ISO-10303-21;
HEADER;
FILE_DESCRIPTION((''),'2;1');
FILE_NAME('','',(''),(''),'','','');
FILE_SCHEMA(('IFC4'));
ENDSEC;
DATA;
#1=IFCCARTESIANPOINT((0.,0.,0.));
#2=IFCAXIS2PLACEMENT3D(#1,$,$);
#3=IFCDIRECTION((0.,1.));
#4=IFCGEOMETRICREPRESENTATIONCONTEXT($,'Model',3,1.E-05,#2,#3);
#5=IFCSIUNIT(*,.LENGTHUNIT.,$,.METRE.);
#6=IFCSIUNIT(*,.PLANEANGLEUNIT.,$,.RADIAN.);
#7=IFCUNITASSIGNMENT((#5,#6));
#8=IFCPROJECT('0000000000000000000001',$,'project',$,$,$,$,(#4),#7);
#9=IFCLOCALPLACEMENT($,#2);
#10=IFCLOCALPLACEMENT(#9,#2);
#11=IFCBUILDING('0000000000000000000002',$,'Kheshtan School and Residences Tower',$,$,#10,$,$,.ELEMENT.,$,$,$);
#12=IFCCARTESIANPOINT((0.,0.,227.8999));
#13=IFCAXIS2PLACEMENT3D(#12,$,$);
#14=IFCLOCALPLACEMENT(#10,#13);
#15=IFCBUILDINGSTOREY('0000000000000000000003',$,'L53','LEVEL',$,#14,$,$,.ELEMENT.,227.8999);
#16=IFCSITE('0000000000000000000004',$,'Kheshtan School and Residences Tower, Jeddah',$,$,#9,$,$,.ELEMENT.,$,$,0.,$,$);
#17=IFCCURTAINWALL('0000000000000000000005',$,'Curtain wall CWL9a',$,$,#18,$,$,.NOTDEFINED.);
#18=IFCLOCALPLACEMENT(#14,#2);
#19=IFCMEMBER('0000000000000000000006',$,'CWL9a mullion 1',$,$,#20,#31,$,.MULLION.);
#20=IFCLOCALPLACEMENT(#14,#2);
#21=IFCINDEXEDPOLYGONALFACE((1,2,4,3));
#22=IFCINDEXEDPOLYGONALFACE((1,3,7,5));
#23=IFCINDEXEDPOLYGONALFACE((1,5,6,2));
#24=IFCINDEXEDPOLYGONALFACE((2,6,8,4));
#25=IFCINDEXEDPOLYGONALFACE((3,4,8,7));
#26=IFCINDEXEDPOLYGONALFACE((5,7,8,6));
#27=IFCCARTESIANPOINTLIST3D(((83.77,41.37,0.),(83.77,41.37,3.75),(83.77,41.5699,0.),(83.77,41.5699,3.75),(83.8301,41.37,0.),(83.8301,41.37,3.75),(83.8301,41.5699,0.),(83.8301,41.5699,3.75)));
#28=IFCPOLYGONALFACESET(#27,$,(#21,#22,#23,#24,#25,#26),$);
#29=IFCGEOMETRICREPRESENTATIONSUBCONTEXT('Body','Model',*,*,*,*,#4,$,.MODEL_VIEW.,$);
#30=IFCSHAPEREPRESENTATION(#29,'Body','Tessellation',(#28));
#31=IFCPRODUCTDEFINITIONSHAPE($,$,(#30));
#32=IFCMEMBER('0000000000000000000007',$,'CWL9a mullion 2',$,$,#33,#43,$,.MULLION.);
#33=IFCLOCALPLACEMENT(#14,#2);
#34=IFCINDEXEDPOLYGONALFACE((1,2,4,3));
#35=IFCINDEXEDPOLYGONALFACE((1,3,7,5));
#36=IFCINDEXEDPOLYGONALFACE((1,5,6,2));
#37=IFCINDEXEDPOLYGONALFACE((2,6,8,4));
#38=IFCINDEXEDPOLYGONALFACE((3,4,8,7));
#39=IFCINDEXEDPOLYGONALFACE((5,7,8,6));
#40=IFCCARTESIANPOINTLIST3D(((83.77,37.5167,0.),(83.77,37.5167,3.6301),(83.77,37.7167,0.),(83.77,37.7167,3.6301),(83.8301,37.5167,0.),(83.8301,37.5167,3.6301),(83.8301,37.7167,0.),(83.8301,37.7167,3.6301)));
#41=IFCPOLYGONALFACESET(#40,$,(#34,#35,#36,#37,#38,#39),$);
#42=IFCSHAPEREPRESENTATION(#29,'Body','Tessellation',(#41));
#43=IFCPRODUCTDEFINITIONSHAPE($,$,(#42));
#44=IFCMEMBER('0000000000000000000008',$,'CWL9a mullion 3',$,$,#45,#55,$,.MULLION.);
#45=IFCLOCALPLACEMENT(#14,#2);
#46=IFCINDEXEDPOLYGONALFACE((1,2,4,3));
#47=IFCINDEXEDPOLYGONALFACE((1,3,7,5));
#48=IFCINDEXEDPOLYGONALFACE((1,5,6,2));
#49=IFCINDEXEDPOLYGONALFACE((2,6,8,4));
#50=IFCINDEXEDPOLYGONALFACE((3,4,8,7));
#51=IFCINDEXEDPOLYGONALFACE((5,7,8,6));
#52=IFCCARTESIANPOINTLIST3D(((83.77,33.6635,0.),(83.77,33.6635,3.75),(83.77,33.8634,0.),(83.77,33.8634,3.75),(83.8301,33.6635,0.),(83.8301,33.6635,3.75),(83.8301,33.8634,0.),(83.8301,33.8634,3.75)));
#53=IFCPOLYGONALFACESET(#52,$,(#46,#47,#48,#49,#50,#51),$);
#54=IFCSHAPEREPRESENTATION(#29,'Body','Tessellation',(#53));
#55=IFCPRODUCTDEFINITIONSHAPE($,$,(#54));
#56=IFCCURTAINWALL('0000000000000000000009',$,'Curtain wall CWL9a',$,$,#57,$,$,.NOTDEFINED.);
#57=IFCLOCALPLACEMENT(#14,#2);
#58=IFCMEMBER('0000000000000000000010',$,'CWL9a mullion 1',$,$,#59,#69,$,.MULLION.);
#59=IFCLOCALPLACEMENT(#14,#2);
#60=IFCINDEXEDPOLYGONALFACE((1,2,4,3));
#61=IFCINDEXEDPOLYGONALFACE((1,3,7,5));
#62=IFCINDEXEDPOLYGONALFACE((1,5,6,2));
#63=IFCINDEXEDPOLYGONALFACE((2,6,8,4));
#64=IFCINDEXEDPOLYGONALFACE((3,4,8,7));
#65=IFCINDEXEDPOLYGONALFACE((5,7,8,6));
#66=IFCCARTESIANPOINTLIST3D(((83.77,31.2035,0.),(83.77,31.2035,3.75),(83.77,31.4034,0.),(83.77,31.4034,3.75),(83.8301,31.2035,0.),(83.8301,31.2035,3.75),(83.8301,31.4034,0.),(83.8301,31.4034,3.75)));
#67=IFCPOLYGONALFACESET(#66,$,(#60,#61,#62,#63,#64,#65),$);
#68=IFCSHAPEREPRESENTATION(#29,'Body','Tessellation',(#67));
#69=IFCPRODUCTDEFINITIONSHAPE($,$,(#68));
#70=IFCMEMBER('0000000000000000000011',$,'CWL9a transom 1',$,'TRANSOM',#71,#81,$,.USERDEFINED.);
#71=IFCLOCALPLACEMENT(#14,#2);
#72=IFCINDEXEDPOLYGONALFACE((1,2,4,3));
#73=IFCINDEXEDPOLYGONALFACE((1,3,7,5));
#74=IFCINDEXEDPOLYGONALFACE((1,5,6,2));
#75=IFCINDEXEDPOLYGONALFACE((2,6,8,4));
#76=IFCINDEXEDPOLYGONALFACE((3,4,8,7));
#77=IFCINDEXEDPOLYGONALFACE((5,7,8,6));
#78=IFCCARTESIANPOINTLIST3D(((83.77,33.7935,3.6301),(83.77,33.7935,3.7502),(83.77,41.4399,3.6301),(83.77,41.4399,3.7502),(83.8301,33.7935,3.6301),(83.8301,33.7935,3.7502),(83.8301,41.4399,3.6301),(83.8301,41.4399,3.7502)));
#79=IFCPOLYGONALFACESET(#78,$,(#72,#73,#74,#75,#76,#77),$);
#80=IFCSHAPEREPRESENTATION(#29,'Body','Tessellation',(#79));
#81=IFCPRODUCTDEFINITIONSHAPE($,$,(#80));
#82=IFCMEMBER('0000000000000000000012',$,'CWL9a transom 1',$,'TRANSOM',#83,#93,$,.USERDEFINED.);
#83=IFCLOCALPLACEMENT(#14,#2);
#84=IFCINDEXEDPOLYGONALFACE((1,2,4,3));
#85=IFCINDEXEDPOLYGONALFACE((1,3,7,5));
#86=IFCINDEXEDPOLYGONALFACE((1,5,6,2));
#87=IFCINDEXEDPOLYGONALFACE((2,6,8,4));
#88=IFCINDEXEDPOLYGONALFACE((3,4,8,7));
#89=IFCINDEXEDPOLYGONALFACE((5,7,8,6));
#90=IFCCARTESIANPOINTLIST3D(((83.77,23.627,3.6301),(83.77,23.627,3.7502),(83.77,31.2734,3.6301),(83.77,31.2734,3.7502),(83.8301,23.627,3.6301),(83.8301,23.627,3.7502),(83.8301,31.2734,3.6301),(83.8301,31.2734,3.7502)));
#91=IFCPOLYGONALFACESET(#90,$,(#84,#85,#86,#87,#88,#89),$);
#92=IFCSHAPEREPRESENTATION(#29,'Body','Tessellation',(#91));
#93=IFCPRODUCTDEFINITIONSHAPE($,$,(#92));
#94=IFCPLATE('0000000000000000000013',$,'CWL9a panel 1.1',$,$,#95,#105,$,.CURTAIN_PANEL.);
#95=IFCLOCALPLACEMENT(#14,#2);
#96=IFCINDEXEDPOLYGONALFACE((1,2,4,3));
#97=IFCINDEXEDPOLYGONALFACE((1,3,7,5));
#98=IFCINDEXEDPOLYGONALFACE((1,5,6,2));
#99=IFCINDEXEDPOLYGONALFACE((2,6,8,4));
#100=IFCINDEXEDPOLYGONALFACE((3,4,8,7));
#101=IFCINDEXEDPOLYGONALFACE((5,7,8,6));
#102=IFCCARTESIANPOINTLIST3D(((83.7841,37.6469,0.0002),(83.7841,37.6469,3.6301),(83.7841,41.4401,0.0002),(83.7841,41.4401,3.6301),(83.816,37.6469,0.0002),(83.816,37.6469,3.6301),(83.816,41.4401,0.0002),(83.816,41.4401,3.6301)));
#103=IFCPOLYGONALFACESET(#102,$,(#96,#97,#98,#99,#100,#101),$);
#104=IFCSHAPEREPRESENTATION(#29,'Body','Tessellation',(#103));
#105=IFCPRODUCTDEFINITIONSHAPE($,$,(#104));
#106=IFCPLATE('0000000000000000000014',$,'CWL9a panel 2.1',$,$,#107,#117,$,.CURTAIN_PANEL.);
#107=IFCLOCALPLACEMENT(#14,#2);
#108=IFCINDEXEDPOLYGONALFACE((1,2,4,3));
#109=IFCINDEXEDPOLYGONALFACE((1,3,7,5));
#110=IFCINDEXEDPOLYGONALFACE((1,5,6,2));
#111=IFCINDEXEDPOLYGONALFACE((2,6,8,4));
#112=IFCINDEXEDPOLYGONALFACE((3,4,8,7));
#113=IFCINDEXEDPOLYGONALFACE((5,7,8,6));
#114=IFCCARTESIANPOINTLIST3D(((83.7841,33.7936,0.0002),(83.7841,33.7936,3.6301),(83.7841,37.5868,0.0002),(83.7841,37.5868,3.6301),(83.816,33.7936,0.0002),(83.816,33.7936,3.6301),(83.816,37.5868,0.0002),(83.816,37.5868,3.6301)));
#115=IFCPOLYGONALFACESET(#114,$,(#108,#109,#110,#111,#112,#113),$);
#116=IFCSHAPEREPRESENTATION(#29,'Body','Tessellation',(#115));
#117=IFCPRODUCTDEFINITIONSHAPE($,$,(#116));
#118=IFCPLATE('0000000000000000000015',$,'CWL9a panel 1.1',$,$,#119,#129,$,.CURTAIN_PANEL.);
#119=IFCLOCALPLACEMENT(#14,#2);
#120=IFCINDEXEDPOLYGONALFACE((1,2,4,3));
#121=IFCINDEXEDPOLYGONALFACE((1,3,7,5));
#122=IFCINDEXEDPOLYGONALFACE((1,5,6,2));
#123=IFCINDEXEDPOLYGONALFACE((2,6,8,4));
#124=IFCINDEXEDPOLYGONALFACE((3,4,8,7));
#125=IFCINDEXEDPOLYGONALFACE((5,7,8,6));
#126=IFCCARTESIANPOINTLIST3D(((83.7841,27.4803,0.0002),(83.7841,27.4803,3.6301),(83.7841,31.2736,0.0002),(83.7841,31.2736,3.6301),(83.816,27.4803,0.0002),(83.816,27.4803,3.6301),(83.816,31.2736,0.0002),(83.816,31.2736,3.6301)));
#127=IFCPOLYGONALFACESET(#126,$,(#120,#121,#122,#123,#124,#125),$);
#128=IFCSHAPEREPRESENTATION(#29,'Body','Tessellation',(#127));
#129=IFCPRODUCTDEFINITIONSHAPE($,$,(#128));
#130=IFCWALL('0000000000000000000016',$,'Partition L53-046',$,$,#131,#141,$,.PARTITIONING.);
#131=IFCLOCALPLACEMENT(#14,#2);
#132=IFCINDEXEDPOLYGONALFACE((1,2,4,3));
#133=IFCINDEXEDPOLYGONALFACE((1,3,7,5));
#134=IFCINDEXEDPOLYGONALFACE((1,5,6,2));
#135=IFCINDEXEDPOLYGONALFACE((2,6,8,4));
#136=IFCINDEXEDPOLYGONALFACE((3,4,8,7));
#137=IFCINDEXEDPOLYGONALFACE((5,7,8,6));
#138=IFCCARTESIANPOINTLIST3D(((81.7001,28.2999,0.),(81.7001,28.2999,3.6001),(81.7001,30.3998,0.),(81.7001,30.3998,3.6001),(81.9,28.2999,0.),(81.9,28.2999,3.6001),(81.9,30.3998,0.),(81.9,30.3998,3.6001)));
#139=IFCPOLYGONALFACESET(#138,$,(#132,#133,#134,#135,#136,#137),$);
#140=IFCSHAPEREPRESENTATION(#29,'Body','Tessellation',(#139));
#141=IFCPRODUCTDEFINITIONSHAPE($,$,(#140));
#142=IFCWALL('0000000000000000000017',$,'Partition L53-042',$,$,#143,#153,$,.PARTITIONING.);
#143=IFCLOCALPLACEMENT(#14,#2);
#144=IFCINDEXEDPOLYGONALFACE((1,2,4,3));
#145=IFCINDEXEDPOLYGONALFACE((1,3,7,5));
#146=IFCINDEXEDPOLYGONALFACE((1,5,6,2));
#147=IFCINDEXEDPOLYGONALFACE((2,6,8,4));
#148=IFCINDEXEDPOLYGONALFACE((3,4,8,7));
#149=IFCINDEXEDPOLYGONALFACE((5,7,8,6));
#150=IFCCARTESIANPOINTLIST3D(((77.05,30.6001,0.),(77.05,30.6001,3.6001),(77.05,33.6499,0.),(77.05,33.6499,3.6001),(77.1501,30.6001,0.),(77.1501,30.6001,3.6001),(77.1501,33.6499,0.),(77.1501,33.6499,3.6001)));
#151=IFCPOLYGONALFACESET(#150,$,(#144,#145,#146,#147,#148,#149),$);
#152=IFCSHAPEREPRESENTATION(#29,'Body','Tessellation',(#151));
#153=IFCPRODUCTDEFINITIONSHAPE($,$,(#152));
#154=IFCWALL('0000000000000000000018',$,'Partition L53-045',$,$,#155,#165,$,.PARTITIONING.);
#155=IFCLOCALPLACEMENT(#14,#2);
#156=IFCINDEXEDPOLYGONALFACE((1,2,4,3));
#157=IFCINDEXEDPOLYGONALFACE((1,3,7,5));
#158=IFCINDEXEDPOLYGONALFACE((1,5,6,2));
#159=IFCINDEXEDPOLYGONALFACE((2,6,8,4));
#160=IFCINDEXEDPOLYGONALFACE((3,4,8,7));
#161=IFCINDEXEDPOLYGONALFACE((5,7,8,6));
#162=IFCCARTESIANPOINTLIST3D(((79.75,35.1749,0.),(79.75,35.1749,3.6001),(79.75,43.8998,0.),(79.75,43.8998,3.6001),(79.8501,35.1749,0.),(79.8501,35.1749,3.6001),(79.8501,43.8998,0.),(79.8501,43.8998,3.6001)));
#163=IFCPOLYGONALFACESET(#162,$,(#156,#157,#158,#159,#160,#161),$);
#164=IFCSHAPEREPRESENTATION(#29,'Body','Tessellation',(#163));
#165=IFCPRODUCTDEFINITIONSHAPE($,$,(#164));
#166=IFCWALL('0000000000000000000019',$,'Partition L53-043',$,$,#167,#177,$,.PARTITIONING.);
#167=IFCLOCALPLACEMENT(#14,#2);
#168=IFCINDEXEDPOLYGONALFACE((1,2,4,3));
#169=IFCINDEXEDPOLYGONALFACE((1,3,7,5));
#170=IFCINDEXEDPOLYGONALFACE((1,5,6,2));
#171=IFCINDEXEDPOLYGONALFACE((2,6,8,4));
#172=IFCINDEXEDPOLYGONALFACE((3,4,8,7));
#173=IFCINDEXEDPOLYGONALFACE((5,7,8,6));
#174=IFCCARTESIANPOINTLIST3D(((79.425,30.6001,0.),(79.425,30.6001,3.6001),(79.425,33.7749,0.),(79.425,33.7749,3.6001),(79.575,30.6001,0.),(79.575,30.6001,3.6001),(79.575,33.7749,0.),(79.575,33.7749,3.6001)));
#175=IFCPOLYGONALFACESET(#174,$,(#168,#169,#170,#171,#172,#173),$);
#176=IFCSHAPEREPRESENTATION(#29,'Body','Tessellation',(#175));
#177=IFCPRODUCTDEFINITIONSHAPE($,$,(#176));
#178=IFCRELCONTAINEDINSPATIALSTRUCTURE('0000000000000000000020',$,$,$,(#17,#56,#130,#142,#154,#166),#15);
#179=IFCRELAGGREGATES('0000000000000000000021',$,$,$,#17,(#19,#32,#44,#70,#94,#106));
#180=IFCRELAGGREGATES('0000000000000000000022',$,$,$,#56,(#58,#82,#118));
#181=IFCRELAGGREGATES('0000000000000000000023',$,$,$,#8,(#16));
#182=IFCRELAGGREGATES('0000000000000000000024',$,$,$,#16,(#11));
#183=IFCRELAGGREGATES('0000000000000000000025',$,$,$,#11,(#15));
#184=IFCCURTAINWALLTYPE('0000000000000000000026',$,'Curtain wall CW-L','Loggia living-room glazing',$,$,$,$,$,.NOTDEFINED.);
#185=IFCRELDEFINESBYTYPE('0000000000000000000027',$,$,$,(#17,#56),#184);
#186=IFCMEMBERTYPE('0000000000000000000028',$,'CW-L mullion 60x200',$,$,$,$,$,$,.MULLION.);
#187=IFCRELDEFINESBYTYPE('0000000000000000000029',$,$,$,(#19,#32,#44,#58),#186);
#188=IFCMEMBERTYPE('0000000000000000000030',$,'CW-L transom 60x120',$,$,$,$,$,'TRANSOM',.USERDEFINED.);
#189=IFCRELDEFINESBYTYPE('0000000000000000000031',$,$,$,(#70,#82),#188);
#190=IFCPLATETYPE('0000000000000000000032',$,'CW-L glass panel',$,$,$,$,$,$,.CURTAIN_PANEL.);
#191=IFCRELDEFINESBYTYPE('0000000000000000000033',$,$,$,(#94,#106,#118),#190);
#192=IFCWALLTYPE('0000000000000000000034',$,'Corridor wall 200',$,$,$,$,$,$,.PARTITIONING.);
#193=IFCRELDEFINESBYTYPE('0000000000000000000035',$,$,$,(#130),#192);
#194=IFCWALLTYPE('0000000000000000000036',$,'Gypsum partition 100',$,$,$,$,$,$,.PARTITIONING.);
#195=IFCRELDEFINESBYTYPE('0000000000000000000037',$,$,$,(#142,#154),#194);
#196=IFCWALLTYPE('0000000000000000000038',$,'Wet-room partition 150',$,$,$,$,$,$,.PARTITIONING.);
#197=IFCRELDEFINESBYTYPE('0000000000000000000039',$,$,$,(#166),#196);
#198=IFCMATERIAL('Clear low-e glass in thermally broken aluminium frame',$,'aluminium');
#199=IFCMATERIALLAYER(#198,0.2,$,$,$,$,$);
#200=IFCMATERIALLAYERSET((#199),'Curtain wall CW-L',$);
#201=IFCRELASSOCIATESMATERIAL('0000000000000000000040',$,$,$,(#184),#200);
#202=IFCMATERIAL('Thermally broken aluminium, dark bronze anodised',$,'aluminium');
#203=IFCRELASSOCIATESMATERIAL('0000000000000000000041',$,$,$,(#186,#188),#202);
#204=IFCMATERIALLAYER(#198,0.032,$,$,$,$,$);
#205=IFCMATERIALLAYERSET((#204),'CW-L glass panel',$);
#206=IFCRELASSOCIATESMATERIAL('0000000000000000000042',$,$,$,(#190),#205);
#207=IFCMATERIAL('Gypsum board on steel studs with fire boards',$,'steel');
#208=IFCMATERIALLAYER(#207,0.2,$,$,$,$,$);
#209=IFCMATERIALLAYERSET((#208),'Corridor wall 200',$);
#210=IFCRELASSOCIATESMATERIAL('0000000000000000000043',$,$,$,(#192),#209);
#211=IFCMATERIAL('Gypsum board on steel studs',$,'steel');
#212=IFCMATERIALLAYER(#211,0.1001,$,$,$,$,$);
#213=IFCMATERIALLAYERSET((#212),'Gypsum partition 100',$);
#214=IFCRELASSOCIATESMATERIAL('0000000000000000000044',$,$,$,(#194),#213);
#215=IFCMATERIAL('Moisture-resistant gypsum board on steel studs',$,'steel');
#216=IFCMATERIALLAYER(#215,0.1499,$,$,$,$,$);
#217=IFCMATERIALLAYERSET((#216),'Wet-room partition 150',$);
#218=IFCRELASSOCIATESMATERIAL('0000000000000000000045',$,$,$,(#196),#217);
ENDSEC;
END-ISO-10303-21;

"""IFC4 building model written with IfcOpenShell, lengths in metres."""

from ifc_helpers import new_model, si_unit, direction, frame, frame_2d, origin, origin_2d, place, context, subcontext, project, spatial, rectangle, extrude, material, layer, layer_set, material_profile, profile_set, type_object, element, aggregate, save


model = new_model("IFC4")

# Units and contexts
model_context = context("Model", 3, precision=1e-05, world=origin(), true_north=direction((0.0, 1.0)))
body_context = subcontext(model_context, "Body", "Model", "MODEL_VIEW")
ifc_project = project(units=[si_unit("LENGTHUNIT", "METRE"), si_unit("PLANEANGLEUNIT", "RADIAN")], contexts=[model_context])

# Site, building, storey
site_placement = place(None, origin())
site = spatial("IfcSite", under=ifc_project, at=site_placement, Name="Kheshtan School and Residences Tower, Jeddah", CompositionType="ELEMENT", RefElevation=0.0)
building_placement = place(site_placement, origin())
building = spatial("IfcBuilding", under=site, at=building_placement, Name="Kheshtan School and Residences Tower", CompositionType="ELEMENT")
storey_placement = place(building_placement, frame((0.0, 0.0, 227.8999)))
storey = spatial("IfcBuildingStorey", under=building, at=storey_placement, Name="L53", Description="LEVEL", CompositionType="ELEMENT", Elevation=227.8999)

# Curtain wall, members
ifc_material_1 = material(Name="Clear low-e glass in thermally broken aluminium frame", Category="aluminium")
ifc_layer_1 = layer(ifc_material_1, 0.2)
ifc_layer_set_1 = layer_set([ifc_layer_1], Name="Curtain wall CW-L")
curtain_wall_type = type_object("IfcCurtainWallType", Name="Curtain wall CW-L", Description="Loggia living-room glazing", PredefinedType="NOTDEFINED", material=ifc_layer_set_1)
curtain_wall_1_placement = place(storey_placement, origin())
curtain_wall_1 = element("IfcCurtainWall", 1, at=curtain_wall_1_placement, inside=storey, type_object=curtain_wall_type, Name="Curtain wall CWL9a", PredefinedType="NOTDEFINED")
ifc_material_2 = material(Name="Thermally broken aluminium, dark bronze anodised", Category="aluminium")
ifc_material_profile_1 = material_profile(ifc_material_2, rectangle(XDim=0.0601, YDim=0.2, at=origin_2d()), Name="CW-L mullion 60x200")
ifc_profile_set_1 = profile_set([ifc_material_profile_1], Name="Thermally broken aluminium, dark bronze anodised")
member_type_1 = type_object("IfcMemberType", Name="CW-L mullion 60x200", PredefinedType="MULLION", material=ifc_profile_set_1)
member_1_placement = place(storey_placement, frame((83.8, 41.47, 0.0), z_axis=(0.0, 0.0, 1.0), x_axis=(1.0, 0.0, 0.0)))
member_1 = element("IfcMember", 2, at=member_1_placement, type_object=member_type_1, Name="CWL9a mullion 1", PredefinedType="MULLION", context=body_context, shape_type="SweptSolid", body=[
    extrude(rectangle(XDim=0.0601, YDim=0.2, at=origin_2d()), origin(), (0.0, 0.0, 1.0), 3.75),
])
member_2_placement = place(storey_placement, frame((83.8, 37.6167, 0.0), z_axis=(0.0, 0.0, 1.0), x_axis=(1.0, 0.0, 0.0)))
member_2 = element("IfcMember", 3, at=member_2_placement, type_object=member_type_1, Name="CWL9a mullion 2", PredefinedType="MULLION", context=body_context, shape_type="SweptSolid", body=[
    extrude(rectangle(XDim=0.0601, YDim=0.2, at=origin_2d()), origin(), (0.0, 0.0, 1.0), 3.6301),
])
member_3_placement = place(storey_placement, frame((83.8, 33.7634, 0.0), z_axis=(0.0, 0.0, 1.0), x_axis=(1.0, 0.0, 0.0)))
member_3 = element("IfcMember", 4, at=member_3_placement, type_object=member_type_1, Name="CWL9a mullion 3", PredefinedType="MULLION", context=body_context, shape_type="SweptSolid", body=[
    extrude(rectangle(XDim=0.0601, YDim=0.2, at=origin_2d()), origin(), (0.0, 0.0, 1.0), 3.75),
])

# Curtain wall, member
curtain_wall_2_placement = place(storey_placement, origin())
curtain_wall_2 = element("IfcCurtainWall", 5, at=curtain_wall_2_placement, inside=storey, type_object=curtain_wall_type, Name="Curtain wall CWL9a", PredefinedType="NOTDEFINED")
member_4_placement = place(storey_placement, frame((83.8, 31.3035, 0.0), z_axis=(0.0, 0.0, 1.0), x_axis=(1.0, 0.0, 0.0)))
member_4 = element("IfcMember", 6, at=member_4_placement, type_object=member_type_1, Name="CWL9a mullion 1", PredefinedType="MULLION", context=body_context, shape_type="SweptSolid", body=[
    extrude(rectangle(XDim=0.0601, YDim=0.2, at=origin_2d()), origin(), (0.0, 0.0, 1.0), 3.75),
])

# Members
ifc_material_profile_2 = material_profile(ifc_material_2, rectangle(XDim=0.0601, YDim=0.1201, at=origin_2d()), Name="CW-L transom 60x120")
ifc_profile_set_2 = profile_set([ifc_material_profile_2], Name="Thermally broken aluminium, dark bronze anodised")
member_type_2 = type_object("IfcMemberType", Name="CW-L transom 60x120", ElementType="TRANSOM", PredefinedType="USERDEFINED", material=ifc_profile_set_2)
member_5_placement = place(storey_placement, frame((83.8, 41.4399, 3.6902), z_axis=(0.0, -1.0, 0.0), x_axis=(1.0, 0.0, 0.0)))
member_5 = element("IfcMember", 7, at=member_5_placement, type_object=member_type_2, Name="CWL9a transom 1", ObjectType="TRANSOM", PredefinedType="USERDEFINED", context=body_context, shape_type="SweptSolid", body=[
    extrude(rectangle(XDim=0.0601, YDim=0.1201, at=origin_2d()), origin(), (0.0, 0.0, 1.0), 7.6465),
])
member_6_placement = place(storey_placement, frame((83.8, 31.2734, 3.6902), z_axis=(0.0, -1.0, 0.0), x_axis=(1.0, 0.0, 0.0)))
member_6 = element("IfcMember", 8, at=member_6_placement, type_object=member_type_2, Name="CWL9a transom 1", ObjectType="TRANSOM", PredefinedType="USERDEFINED", context=body_context, shape_type="SweptSolid", body=[
    extrude(rectangle(XDim=0.0601, YDim=0.1201, at=origin_2d()), origin(), (0.0, 0.0, 1.0), 7.6465),
])

# Plates
ifc_layer_2 = layer(ifc_material_1, 0.032)
ifc_layer_set_2 = layer_set([ifc_layer_2], Name="CW-L glass panel")
plate_type = type_object("IfcPlateType", Name="CW-L glass panel", PredefinedType="CURTAIN_PANEL", material=ifc_layer_set_2)
plate_1_placement = place(storey_placement, frame((83.8, 39.5435, 0.0002), z_axis=(0.0, 0.0, 1.0), x_axis=(0.0, -1.0, 0.0)))
plate_1 = element("IfcPlate", 9, at=plate_1_placement, type_object=plate_type, Name="CWL9a panel 1.1", PredefinedType="CURTAIN_PANEL", context=body_context, shape_type="SweptSolid", body=[
    extrude(rectangle(XDim=3.7932, YDim=0.032, at=origin_2d()), origin(), (0.0, 0.0, 1.0), 3.6299),
])
plate_2_placement = place(storey_placement, frame((83.8, 35.6902, 0.0002), z_axis=(0.0, 0.0, 1.0), x_axis=(0.0, -1.0, 0.0)))
plate_2 = element("IfcPlate", 10, at=plate_2_placement, type_object=plate_type, Name="CWL9a panel 2.1", PredefinedType="CURTAIN_PANEL", context=body_context, shape_type="SweptSolid", body=[
    extrude(rectangle(XDim=3.7932, YDim=0.032, at=origin_2d()), origin(), (0.0, 0.0, 1.0), 3.6299),
])
aggregate(curtain_wall_1, [member_1, member_2, member_3, member_5, plate_1, plate_2])
plate_3_placement = place(storey_placement, frame((83.8, 29.377, 0.0002), z_axis=(0.0, 0.0, 1.0), x_axis=(0.0, -1.0, 0.0)))
plate_3 = element("IfcPlate", 11, at=plate_3_placement, type_object=plate_type, Name="CWL9a panel 1.1", PredefinedType="CURTAIN_PANEL", context=body_context, shape_type="SweptSolid", body=[
    extrude(rectangle(XDim=3.7932, YDim=0.032, at=origin_2d()), origin(), (0.0, 0.0, 1.0), 3.6299),
])
aggregate(curtain_wall_2, [member_4, member_6, plate_3])

# Wall
ifc_material_3 = material(Name="Gypsum board on steel studs with fire boards", Category="steel")
ifc_layer_3 = layer(ifc_material_3, 0.2)
ifc_layer_set_3 = layer_set([ifc_layer_3], Name="Corridor wall 200")
wall_type_1 = type_object("IfcWallType", Name="Corridor wall 200", PredefinedType="PARTITIONING", material=ifc_layer_set_3)
wall_1_placement = place(storey_placement, frame((81.8, 28.3, 0.0), z_axis=(0.0, 0.0, 1.0), x_axis=(0.0, 1.0, 0.0)))
element("IfcWall", 12, at=wall_1_placement, inside=storey, type_object=wall_type_1, Name="Partition L53-046", PredefinedType="PARTITIONING", context=body_context, shape_type="SweptSolid", body=[
    extrude(rectangle(XDim=2.0999, YDim=0.2, at=frame_2d((1.0498, 0.0))), origin(), (0.0, 0.0, 1.0), 3.6001),
])

# Walls
ifc_material_4 = material(Name="Gypsum board on steel studs", Category="steel")
ifc_layer_4 = layer(ifc_material_4, 0.1001)
ifc_layer_set_4 = layer_set([ifc_layer_4], Name="Gypsum partition 100")
wall_type_2 = type_object("IfcWallType", Name="Gypsum partition 100", PredefinedType="PARTITIONING", material=ifc_layer_set_4)
wall_2_placement = place(storey_placement, frame((77.1001, 30.6001, 0.0), z_axis=(0.0, 0.0, 1.0), x_axis=(0.0, 1.0, 0.0)))
element("IfcWall", 13, at=wall_2_placement, inside=storey, type_object=wall_type_2, Name="Partition L53-042", PredefinedType="PARTITIONING", context=body_context, shape_type="SweptSolid", body=[
    extrude(rectangle(XDim=3.0498, YDim=0.1001, at=frame_2d((1.5249, 0.0))), origin(), (0.0, 0.0, 1.0), 3.6001),
])
wall_3_placement = place(storey_placement, frame((79.8, 35.175, 0.0), z_axis=(0.0, 0.0, 1.0), x_axis=(0.0, 1.0, 0.0)))
element("IfcWall", 14, at=wall_3_placement, inside=storey, type_object=wall_type_2, Name="Partition L53-045", PredefinedType="PARTITIONING", context=body_context, shape_type="SweptSolid", body=[
    extrude(rectangle(XDim=8.7249, YDim=0.1001, at=frame_2d((4.3623, 0.0))), origin(), (0.0, 0.0, 1.0), 3.6001),
])
ifc_material_5 = material(Name="Moisture-resistant gypsum board on steel studs", Category="steel")
ifc_layer_5 = layer(ifc_material_5, 0.1499)
ifc_layer_set_5 = layer_set([ifc_layer_5], Name="Wet-room partition 150")
wall_type_3 = type_object("IfcWallType", Name="Wet-room partition 150", PredefinedType="PARTITIONING", material=ifc_layer_set_5)
wall_4_placement = place(storey_placement, frame((79.5, 30.6001, 0.0), z_axis=(0.0, 0.0, 1.0), x_axis=(0.0, 1.0, 0.0)))
element("IfcWall", 15, at=wall_4_placement, inside=storey, type_object=wall_type_3, Name="Partition L53-043", PredefinedType="PARTITIONING", context=body_context, shape_type="SweptSolid", body=[
    extrude(rectangle(XDim=3.1748, YDim=0.1499, at=frame_2d((1.5874, 0.0))), origin(), (0.0, 0.0, 1.0), 3.6001),
])

save(model, "model.ifc")
